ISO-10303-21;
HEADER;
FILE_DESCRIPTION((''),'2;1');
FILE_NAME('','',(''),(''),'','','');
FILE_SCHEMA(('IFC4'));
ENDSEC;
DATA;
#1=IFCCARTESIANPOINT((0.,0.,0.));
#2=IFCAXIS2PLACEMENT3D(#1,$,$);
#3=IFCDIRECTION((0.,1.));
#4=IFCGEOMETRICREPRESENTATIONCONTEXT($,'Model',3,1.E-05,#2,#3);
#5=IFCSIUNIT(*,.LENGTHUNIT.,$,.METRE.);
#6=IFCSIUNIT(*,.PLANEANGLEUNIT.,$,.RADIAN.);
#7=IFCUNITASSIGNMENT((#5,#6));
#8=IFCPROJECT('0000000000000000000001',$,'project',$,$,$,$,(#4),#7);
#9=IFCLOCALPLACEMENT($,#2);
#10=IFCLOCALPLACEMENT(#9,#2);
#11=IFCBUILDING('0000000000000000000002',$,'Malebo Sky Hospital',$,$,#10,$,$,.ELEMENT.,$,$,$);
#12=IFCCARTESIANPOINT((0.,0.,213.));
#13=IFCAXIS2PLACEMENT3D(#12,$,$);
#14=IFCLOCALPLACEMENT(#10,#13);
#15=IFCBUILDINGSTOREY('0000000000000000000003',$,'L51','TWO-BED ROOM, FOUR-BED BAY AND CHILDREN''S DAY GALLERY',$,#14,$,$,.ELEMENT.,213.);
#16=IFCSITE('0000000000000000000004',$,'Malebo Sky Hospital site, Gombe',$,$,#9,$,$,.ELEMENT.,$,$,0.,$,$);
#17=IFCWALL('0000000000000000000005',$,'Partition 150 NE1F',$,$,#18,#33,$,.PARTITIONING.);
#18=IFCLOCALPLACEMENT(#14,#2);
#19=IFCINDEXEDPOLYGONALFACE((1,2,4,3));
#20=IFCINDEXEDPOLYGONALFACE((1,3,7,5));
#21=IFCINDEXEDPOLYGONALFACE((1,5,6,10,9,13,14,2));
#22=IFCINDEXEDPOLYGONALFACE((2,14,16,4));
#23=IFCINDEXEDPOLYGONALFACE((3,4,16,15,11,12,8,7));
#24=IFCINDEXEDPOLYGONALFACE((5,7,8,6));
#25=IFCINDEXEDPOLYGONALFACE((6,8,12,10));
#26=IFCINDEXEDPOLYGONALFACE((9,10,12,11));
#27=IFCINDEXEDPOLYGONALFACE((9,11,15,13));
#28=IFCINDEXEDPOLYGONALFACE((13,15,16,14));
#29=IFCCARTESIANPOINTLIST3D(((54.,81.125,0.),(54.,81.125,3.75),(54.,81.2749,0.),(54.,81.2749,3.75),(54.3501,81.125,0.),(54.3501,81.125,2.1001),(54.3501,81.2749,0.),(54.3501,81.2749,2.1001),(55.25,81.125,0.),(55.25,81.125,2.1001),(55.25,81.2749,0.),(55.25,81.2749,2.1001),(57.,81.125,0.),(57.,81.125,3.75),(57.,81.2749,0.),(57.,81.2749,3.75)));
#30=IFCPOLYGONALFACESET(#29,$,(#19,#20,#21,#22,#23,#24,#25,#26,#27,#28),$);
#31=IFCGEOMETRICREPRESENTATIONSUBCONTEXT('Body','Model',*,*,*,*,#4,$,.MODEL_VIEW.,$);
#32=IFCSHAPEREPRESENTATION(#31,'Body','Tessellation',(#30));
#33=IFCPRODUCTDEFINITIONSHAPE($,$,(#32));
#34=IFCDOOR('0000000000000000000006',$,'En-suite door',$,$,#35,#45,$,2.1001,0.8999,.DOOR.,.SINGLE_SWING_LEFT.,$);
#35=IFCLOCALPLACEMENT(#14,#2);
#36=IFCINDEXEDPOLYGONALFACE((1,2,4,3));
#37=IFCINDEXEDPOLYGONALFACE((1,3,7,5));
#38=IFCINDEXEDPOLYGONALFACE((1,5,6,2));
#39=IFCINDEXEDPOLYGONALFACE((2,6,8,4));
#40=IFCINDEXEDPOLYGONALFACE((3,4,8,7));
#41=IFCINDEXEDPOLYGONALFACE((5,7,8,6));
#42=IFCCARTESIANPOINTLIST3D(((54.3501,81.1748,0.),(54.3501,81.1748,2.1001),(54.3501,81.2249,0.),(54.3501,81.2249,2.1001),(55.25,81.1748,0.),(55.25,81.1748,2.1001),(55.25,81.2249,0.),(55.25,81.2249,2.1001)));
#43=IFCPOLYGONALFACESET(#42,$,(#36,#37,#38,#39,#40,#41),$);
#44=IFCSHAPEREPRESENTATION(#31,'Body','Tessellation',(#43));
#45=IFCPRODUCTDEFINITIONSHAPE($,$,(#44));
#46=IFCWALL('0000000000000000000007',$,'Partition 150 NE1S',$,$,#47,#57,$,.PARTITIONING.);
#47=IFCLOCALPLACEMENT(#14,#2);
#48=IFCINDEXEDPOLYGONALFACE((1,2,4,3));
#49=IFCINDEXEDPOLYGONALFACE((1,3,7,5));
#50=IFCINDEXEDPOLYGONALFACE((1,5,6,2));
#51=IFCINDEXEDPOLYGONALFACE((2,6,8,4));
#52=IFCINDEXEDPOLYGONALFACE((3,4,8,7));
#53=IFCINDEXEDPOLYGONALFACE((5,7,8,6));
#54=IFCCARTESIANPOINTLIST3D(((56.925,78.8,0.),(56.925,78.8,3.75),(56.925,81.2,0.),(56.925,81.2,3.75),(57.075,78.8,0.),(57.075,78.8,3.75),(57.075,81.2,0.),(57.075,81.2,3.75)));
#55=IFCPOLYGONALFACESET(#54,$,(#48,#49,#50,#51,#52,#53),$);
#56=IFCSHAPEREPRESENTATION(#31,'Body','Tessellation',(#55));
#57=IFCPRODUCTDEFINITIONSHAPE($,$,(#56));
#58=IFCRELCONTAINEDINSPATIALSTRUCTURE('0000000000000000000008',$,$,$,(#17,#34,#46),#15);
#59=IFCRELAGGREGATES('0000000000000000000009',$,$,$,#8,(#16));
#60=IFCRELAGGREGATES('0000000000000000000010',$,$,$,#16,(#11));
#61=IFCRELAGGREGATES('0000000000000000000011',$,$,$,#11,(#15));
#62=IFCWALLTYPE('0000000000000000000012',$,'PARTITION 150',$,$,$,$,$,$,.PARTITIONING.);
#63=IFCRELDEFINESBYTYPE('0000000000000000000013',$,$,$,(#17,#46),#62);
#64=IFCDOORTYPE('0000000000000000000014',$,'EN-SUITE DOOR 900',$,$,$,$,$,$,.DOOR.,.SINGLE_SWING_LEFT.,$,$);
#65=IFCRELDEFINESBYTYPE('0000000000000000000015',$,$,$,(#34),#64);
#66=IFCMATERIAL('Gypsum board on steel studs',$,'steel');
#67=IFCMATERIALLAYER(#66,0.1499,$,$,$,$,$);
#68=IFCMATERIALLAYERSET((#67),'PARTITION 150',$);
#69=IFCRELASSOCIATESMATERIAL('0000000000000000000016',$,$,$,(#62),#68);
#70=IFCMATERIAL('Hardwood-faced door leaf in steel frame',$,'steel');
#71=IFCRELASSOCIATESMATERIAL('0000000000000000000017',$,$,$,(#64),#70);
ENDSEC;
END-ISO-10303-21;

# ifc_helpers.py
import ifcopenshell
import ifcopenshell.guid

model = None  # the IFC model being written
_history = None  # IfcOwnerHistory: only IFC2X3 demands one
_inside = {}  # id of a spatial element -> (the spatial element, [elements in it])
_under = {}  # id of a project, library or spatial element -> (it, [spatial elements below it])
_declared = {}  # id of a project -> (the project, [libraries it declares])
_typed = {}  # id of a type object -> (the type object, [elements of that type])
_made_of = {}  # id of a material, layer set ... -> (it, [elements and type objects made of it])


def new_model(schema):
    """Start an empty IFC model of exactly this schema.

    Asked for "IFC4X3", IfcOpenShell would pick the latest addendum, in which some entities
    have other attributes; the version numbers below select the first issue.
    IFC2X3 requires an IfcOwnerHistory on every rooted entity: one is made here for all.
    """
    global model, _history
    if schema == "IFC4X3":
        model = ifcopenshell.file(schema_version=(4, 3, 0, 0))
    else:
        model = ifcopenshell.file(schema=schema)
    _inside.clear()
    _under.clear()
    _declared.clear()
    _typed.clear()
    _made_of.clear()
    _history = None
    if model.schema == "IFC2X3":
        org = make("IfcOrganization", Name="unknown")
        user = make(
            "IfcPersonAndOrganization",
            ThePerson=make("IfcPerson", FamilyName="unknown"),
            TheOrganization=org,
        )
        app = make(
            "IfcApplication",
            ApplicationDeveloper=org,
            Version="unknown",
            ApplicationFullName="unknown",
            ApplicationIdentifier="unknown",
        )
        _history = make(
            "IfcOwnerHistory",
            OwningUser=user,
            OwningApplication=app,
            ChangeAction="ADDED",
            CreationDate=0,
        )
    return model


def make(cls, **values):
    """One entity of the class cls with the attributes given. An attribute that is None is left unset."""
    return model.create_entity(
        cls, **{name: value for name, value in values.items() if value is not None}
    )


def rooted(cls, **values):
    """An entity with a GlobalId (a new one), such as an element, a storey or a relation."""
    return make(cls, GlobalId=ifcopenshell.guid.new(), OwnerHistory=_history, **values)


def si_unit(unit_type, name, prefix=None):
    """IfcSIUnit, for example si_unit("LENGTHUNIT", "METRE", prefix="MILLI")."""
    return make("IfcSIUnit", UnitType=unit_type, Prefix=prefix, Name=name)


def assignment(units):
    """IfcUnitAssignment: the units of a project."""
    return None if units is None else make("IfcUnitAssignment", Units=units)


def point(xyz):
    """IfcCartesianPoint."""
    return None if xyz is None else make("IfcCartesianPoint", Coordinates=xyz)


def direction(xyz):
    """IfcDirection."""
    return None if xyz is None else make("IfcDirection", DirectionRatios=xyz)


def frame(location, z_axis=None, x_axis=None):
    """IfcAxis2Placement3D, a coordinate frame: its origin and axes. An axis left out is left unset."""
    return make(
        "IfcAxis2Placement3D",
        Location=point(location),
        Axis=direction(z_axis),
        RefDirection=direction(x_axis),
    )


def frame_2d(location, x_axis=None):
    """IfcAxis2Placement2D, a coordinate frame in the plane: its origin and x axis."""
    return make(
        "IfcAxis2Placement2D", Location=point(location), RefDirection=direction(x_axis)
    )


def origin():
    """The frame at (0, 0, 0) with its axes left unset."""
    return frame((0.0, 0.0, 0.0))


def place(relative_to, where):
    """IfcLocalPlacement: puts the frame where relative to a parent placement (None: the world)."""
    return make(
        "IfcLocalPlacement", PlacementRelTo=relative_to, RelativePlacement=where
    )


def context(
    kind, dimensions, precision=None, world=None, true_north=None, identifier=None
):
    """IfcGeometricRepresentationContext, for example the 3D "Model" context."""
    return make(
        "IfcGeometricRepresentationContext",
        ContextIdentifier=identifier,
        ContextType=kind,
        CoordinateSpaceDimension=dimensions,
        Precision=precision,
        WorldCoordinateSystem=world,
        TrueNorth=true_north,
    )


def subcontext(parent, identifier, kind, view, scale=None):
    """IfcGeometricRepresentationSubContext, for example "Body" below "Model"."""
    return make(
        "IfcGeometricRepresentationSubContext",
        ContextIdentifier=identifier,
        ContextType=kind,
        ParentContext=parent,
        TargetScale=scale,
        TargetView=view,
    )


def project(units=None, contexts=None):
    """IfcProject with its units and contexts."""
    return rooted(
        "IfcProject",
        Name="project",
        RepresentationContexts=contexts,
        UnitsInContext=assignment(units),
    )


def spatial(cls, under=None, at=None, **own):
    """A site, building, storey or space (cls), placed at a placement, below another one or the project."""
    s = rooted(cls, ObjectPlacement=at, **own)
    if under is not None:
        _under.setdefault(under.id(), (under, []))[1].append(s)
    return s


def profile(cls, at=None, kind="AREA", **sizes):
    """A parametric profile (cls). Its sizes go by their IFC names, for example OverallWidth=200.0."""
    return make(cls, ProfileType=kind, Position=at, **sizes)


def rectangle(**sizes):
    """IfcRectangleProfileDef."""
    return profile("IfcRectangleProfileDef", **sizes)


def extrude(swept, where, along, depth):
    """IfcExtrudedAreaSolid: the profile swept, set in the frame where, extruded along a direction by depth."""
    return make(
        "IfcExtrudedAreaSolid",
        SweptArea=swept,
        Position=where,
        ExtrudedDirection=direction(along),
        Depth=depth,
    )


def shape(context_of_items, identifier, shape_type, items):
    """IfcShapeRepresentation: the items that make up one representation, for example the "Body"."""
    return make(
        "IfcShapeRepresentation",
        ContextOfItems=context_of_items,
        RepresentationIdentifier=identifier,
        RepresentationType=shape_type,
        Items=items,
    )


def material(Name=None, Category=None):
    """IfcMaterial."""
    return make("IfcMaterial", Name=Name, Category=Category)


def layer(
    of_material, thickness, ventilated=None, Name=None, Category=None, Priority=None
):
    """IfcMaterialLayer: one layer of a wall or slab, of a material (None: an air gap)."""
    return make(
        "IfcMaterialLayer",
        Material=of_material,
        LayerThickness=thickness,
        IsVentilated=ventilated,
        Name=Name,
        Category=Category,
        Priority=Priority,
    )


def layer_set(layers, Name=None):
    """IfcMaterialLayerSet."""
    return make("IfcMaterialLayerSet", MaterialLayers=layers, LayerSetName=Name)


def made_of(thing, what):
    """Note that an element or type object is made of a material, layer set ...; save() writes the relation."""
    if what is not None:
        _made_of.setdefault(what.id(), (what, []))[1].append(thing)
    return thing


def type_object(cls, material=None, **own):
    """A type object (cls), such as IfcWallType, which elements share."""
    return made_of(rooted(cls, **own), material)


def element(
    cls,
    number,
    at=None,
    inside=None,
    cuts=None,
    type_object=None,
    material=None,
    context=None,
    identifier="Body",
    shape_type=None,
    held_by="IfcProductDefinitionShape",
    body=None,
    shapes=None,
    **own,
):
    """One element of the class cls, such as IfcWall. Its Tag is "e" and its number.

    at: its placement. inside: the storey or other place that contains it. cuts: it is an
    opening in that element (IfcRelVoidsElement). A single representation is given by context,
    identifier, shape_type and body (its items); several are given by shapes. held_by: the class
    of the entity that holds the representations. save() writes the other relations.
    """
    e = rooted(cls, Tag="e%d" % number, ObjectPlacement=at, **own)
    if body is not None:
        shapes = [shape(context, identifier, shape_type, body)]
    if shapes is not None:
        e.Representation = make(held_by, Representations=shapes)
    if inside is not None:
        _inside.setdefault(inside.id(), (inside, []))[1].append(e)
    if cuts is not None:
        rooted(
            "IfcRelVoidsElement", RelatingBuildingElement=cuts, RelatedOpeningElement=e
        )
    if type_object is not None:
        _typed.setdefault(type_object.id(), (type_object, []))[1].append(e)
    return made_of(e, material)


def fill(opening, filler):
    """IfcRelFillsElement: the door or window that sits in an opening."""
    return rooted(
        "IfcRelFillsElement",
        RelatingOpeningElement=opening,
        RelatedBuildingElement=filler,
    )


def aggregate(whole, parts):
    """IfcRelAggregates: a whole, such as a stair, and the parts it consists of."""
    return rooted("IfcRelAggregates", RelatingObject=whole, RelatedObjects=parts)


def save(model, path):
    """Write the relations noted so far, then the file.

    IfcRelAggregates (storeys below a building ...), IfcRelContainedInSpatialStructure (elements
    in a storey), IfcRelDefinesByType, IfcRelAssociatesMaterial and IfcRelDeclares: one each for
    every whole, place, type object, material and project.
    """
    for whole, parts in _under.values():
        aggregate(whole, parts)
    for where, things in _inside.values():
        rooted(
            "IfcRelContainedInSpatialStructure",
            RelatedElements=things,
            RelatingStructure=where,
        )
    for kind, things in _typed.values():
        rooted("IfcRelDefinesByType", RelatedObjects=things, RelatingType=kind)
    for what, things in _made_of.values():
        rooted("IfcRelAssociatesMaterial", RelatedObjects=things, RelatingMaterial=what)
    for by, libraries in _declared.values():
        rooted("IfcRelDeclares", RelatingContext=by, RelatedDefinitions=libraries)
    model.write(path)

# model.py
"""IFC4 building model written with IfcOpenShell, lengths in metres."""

from ifc_helpers import new_model, si_unit, direction, frame, frame_2d, origin, place, context, subcontext, project, spatial, rectangle, extrude, material, layer, layer_set, type_object, element, fill, save


model = new_model("IFC4")

# Units and contexts
model_context = context("Model", 3, precision=1e-05, world=origin(), true_north=direction((0.0, 1.0)))
body_context = subcontext(model_context, "Body", "Model", "MODEL_VIEW")
ifc_project = project(units=[si_unit("LENGTHUNIT", "METRE"), si_unit("PLANEANGLEUNIT", "RADIAN")], contexts=[model_context])

# Site, building, storey
site_placement = place(None, origin())
site = spatial("IfcSite", under=ifc_project, at=site_placement, Name="Malebo Sky Hospital site, Gombe", CompositionType="ELEMENT", RefElevation=0.0)
building_placement = place(site_placement, origin())
building = spatial("IfcBuilding", under=site, at=building_placement, Name="Malebo Sky Hospital", CompositionType="ELEMENT")
storey_placement = place(building_placement, frame((0.0, 0.0, 213.0)))
storey = spatial("IfcBuildingStorey", under=building, at=storey_placement, Name="L51", Description="TWO-BED ROOM, FOUR-BED BAY AND CHILDREN'S DAY GALLERY", CompositionType="ELEMENT", Elevation=213.0)

# Shared definitions
ifc_material_1 = material(Name="Gypsum board on steel studs", Category="steel")
ifc_layer_1 = layer(ifc_material_1, 0.1499)
ifc_layer_set_1 = layer_set([ifc_layer_1], Name="PARTITION 150")
wall_type_1 = type_object("IfcWallType", Name="PARTITION 150", PredefinedType="PARTITIONING", material=ifc_layer_set_1)

# Wall, opening, door
wall_1_placement = place(storey_placement, frame((54.0, 81.2, 0.0), z_axis=(0.0, 0.0, 1.0), x_axis=(1.0, 0.0, 0.0)))
wall_1 = element("IfcWall", 1, at=wall_1_placement, inside=storey, type_object=wall_type_1, Name="Partition 150 NE1F", PredefinedType="PARTITIONING", context=body_context, shape_type="SweptSolid", body=[
    extrude(rectangle(XDim=3.0, YDim=0.1499, at=frame_2d((1.5, 0.0))), origin(), (0.0, 0.0, 1.0), 3.75),
])
opening_placement = place(wall_1_placement, frame((0.3501, 0.0, 0.0)))
opening = element("IfcOpeningElement", 2, at=opening_placement, cuts=wall_1, PredefinedType="OPENING", context=body_context, shape_type="SweptSolid", body=[
    extrude(rectangle(XDim=0.8999, YDim=2.1001, at=frame_2d((0.45, 1.05))), frame((0.0, 0.085, 0.0), z_axis=(0.0, -1.0, 0.0), x_axis=(1.0, 0.0, 0.0)), (0.0, 0.0, 1.0), 0.1699),
])
ifc_material_2 = material(Name="Hardwood-faced door leaf in steel frame", Category="steel")
door_type = type_object("IfcDoorType", Name="EN-SUITE DOOR 900", OperationType="SINGLE_SWING_LEFT", PredefinedType="DOOR", material=ifc_material_2)
door_placement = place(opening_placement, origin())
door = element("IfcDoor", 3, at=door_placement, inside=storey, type_object=door_type, Name="En-suite door", OperationType="SINGLE_SWING_LEFT", OverallHeight=2.1001, OverallWidth=0.8999, PredefinedType="DOOR", context=body_context, shape_type="SweptSolid", body=[
    extrude(rectangle(XDim=0.8999, YDim=2.1001, at=frame_2d((0.45, 1.05))), frame((0.0, 0.0249, 0.0), z_axis=(0.0, -1.0, 0.0), x_axis=(1.0, 0.0, 0.0)), (0.0, 0.0, 1.0), 0.05),
])
fill(opening, door)

# Wall
wall_2_placement = place(storey_placement, frame((57.0, 78.8, 0.0), z_axis=(0.0, 0.0, 1.0), x_axis=(0.0, 1.0, 0.0)))
element("IfcWall", 4, at=wall_2_placement, inside=storey, type_object=wall_type_1, Name="Partition 150 NE1S", PredefinedType="PARTITIONING", context=body_context, shape_type="SweptSolid", body=[
    extrude(rectangle(XDim=2.3999, YDim=0.1499, at=frame_2d((1.2, 0.0))), origin(), (0.0, 0.0, 1.0), 3.75),
])

save(model, "model.ifc")
